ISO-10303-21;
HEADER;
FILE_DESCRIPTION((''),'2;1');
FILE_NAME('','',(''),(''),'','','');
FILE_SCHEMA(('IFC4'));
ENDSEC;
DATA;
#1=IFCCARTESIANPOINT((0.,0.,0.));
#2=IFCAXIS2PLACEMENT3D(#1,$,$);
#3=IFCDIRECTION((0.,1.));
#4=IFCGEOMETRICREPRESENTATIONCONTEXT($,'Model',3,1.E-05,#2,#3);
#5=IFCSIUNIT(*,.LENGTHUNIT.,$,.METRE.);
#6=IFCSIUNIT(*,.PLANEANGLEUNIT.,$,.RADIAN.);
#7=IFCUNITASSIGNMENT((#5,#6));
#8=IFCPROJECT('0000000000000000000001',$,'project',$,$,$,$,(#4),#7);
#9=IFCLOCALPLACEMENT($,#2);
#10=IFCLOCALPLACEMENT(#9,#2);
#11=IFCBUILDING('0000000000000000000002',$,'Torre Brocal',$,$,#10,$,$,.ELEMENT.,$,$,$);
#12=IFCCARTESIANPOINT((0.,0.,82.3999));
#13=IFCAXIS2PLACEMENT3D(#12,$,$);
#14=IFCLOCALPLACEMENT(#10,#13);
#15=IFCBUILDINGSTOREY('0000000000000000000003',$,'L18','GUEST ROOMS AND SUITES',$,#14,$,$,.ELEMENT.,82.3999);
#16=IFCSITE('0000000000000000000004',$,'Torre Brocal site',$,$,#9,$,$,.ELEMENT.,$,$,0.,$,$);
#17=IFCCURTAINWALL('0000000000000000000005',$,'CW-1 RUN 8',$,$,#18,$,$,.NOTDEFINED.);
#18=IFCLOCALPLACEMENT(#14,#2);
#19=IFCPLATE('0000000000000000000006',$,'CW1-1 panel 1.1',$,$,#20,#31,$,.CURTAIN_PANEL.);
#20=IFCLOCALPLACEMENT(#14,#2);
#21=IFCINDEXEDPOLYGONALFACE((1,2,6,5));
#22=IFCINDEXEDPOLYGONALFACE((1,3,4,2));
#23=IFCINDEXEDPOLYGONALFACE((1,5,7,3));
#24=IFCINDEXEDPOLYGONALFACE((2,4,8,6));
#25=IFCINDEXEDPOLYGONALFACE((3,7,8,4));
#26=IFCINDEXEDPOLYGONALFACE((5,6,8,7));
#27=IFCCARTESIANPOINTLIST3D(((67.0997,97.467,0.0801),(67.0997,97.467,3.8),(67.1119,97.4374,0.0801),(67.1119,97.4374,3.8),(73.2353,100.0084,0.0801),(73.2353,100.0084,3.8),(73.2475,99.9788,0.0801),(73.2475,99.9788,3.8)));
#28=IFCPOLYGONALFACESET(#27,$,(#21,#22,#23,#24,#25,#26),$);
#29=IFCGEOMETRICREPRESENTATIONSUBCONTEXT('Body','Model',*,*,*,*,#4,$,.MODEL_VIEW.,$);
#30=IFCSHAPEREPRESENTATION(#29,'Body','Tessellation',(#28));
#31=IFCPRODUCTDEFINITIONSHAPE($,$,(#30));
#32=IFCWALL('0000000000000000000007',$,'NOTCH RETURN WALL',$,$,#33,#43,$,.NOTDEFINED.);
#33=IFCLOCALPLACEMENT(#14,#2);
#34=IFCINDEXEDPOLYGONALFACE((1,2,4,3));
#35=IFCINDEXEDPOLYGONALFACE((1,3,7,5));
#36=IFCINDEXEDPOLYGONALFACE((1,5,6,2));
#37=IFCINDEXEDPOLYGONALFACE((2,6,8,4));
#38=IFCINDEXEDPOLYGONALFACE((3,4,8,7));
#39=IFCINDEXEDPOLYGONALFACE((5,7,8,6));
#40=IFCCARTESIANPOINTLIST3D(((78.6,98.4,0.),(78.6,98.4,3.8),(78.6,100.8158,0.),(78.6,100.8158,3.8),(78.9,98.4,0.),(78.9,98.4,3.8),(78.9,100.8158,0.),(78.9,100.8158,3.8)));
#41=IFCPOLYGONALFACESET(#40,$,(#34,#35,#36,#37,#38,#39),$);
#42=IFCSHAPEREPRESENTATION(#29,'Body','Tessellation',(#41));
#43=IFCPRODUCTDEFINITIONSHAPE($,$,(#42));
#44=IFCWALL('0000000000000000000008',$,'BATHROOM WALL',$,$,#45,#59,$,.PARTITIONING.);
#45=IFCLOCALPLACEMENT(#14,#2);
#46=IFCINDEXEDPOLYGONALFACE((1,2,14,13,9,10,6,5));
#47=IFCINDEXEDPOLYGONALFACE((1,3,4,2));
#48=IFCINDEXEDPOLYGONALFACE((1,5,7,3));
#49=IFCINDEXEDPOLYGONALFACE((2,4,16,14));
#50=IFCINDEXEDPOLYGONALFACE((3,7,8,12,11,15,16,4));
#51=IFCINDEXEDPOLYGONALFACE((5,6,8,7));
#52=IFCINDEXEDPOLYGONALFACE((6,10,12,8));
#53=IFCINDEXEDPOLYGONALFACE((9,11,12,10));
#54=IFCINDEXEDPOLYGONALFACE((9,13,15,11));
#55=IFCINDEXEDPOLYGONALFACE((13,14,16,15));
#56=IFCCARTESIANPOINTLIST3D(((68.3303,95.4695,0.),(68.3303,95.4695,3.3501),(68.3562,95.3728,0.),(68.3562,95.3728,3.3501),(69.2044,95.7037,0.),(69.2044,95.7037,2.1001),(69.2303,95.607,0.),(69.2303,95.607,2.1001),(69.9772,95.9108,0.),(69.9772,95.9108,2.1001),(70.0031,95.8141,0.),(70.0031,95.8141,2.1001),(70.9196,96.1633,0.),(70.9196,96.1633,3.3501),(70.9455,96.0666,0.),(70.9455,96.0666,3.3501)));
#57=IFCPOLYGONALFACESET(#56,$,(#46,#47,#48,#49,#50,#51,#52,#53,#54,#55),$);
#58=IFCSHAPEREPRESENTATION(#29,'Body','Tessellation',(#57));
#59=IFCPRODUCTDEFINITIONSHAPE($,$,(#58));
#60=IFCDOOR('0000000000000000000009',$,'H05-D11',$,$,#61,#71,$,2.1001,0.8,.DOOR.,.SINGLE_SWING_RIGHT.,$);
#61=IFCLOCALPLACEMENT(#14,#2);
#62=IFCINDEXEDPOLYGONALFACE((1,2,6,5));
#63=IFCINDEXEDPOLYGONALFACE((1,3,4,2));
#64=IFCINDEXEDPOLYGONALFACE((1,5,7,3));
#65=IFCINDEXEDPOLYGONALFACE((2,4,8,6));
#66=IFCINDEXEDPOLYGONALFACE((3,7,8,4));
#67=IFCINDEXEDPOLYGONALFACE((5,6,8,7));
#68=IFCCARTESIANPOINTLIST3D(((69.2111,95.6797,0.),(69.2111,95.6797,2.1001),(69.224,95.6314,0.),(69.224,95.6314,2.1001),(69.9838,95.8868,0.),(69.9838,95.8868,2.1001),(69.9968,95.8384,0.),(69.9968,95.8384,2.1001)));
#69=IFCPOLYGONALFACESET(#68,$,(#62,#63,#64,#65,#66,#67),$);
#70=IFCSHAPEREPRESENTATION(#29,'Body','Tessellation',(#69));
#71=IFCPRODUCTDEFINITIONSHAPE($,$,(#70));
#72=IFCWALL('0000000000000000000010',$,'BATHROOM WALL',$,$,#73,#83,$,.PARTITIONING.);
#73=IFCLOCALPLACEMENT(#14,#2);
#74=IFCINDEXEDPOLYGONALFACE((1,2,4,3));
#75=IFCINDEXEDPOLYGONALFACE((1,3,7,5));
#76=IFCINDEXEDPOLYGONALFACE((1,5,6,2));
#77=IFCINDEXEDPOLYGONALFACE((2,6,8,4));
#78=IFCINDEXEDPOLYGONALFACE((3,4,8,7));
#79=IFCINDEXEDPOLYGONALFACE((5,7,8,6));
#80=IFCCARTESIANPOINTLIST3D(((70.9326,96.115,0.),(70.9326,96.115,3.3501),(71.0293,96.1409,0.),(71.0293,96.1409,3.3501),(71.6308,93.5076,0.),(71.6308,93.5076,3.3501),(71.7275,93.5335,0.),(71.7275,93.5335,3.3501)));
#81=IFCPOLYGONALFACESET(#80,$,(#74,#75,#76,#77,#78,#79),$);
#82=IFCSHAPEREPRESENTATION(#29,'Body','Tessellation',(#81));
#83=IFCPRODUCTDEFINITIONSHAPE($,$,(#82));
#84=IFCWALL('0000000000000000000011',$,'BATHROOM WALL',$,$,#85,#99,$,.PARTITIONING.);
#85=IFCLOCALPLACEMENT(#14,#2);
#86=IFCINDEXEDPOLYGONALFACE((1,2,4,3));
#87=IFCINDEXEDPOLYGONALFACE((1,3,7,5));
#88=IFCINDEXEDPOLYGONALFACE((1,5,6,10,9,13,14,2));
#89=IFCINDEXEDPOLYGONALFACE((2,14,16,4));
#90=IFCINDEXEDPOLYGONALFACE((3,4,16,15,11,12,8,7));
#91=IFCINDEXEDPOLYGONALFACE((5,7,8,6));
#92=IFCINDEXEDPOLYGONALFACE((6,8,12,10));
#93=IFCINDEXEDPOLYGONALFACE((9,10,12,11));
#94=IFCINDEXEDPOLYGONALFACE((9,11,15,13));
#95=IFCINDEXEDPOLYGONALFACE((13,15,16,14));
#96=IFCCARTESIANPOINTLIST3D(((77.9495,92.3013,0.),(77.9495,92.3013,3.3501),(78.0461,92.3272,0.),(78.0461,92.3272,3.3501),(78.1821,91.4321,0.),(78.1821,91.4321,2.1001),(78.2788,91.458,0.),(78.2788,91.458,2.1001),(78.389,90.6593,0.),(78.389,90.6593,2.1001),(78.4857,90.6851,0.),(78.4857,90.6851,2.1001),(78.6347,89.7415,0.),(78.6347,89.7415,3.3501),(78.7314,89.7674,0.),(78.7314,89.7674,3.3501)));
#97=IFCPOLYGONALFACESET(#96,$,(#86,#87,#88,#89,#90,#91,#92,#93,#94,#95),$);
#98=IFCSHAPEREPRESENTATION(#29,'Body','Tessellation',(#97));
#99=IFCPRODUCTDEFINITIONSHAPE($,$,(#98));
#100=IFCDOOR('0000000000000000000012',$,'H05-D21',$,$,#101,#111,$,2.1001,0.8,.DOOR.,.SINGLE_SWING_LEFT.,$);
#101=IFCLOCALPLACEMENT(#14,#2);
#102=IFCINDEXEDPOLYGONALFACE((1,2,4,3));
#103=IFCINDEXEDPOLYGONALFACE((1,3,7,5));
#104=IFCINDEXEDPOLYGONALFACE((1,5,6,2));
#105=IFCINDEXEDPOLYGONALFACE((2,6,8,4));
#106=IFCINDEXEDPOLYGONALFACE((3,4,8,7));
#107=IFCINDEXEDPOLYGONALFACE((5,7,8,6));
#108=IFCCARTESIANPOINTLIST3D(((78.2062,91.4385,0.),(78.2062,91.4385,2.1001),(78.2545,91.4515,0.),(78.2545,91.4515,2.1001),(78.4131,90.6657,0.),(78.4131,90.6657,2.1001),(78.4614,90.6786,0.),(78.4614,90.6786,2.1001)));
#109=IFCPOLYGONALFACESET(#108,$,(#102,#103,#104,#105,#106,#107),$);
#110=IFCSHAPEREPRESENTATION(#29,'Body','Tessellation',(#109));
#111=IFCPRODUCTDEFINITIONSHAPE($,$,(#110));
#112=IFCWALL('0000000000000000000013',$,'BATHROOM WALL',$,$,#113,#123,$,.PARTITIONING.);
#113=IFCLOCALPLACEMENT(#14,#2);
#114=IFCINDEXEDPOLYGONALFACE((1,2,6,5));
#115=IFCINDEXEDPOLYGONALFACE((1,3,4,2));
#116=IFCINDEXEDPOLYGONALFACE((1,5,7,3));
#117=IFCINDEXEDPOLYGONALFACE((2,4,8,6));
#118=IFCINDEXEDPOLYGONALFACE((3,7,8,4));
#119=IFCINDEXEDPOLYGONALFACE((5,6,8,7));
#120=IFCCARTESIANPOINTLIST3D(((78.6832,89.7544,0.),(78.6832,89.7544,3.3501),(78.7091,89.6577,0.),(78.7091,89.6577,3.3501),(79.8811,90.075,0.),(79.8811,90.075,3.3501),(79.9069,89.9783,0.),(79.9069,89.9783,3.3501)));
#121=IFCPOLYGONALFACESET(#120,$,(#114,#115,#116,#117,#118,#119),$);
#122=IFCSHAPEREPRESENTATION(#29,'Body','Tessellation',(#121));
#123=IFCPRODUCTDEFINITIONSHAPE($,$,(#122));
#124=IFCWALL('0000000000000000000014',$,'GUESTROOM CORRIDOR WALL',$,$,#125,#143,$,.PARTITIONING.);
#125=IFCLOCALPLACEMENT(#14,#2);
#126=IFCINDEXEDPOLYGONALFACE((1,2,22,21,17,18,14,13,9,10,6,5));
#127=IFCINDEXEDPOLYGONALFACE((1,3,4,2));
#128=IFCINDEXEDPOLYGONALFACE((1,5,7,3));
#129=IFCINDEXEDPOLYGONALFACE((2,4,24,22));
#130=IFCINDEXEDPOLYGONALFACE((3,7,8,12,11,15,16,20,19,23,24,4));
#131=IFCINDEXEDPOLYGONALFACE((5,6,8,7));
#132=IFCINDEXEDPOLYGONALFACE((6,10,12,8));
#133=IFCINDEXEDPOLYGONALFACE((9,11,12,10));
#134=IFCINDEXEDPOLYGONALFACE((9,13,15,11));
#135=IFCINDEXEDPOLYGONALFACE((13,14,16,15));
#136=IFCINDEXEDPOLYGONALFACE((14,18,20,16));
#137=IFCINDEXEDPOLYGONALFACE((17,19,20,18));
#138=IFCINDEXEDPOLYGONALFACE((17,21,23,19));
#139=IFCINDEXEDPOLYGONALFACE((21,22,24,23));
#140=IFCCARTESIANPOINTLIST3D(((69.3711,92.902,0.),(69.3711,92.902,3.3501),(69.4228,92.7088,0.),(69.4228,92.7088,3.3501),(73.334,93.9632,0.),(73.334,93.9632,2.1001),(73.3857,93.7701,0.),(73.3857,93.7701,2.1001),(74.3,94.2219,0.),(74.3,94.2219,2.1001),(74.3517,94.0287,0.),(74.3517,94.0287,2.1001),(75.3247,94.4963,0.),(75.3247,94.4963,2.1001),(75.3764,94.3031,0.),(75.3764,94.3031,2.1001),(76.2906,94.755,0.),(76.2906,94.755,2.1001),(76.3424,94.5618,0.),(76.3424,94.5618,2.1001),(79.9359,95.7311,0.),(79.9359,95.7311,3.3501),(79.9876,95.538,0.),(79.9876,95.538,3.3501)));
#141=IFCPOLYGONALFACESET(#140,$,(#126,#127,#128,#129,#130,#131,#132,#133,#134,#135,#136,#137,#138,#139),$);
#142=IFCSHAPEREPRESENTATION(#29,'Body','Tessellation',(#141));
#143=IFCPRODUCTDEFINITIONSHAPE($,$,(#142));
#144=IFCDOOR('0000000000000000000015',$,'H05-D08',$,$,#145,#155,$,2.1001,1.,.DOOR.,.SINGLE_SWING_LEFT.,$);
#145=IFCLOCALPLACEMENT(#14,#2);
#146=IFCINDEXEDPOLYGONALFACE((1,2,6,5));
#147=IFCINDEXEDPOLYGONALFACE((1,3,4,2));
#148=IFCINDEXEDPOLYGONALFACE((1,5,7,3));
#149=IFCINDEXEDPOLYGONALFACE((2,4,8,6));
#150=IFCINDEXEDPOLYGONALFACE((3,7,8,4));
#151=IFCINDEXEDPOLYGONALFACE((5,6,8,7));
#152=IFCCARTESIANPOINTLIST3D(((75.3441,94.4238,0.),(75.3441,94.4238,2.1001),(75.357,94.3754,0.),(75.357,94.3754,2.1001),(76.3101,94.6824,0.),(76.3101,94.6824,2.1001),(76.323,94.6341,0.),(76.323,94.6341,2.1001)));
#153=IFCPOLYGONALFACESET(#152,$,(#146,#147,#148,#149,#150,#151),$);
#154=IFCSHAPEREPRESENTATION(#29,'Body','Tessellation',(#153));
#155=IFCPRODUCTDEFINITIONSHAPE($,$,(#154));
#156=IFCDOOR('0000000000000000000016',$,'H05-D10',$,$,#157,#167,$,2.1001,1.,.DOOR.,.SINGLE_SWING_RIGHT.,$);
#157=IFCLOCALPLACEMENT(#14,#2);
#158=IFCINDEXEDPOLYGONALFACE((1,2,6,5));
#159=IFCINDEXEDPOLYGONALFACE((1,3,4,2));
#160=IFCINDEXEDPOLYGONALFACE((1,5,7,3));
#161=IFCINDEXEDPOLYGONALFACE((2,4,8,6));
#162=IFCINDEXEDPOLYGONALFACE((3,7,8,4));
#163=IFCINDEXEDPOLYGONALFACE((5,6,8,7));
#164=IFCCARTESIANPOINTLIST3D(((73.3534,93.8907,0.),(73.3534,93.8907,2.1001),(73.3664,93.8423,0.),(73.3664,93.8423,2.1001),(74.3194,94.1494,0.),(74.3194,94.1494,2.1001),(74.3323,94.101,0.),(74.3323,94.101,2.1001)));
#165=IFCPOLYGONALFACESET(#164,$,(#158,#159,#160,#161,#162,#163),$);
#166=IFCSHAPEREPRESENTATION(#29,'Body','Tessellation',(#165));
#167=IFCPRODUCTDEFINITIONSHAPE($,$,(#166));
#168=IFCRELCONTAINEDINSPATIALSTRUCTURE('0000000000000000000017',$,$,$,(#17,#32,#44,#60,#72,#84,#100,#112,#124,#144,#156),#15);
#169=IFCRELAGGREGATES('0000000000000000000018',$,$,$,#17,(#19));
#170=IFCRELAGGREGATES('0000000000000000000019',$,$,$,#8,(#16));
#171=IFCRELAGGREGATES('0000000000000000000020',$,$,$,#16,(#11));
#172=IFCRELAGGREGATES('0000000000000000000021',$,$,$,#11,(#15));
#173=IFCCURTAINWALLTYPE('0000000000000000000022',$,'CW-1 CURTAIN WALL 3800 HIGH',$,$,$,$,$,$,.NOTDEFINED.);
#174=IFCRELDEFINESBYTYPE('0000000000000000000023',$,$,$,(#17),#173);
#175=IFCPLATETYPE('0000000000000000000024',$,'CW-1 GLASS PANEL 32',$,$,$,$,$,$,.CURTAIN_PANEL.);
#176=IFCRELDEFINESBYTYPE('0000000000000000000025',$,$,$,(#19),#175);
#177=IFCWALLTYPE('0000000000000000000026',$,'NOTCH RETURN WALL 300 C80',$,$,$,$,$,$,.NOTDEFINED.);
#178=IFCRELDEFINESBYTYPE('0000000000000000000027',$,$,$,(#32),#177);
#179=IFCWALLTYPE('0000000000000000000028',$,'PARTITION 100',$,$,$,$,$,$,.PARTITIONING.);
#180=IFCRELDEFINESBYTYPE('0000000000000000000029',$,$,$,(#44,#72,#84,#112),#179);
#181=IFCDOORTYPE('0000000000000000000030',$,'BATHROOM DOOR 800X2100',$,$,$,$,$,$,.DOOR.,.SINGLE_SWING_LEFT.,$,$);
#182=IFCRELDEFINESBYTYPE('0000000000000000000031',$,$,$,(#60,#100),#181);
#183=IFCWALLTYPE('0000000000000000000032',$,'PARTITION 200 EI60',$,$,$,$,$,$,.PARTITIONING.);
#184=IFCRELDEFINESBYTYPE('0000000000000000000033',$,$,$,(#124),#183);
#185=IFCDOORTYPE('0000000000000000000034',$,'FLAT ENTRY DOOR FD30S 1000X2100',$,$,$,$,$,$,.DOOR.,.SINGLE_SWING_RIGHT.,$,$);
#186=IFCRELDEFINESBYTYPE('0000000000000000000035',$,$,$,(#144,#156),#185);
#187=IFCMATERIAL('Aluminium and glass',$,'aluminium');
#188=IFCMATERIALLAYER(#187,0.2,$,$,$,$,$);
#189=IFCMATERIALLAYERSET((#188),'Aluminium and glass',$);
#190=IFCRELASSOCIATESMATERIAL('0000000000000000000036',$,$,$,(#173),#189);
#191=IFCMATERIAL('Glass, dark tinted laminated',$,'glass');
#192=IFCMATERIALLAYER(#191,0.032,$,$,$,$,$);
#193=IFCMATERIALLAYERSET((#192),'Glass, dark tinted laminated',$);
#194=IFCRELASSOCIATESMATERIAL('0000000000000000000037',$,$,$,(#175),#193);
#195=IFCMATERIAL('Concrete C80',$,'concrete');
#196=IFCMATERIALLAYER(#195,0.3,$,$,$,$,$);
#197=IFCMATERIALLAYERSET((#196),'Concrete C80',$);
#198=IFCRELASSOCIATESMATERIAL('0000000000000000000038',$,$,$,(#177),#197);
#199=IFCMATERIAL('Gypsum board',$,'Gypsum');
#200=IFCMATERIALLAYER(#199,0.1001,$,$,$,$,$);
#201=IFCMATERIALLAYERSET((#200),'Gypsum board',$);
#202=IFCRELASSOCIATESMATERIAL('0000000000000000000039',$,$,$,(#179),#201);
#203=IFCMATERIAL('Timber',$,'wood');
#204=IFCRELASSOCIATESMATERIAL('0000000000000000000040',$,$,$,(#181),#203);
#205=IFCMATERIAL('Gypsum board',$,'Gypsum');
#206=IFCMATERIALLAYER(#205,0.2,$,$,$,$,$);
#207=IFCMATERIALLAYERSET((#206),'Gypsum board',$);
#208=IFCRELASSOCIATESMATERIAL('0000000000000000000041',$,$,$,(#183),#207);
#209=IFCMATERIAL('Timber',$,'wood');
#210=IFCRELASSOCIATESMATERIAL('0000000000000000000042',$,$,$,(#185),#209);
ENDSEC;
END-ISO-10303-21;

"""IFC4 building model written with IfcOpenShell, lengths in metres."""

from ifc_helpers import new_model, si_unit, direction, frame, frame_2d, origin, origin_2d, place, context, subcontext, project, spatial, rectangle, extrude, material, layer, layer_set, type_object, element, fill, aggregate, save


model = new_model("IFC4")

# Units and contexts
model_context = context("Model", 3, precision=1e-05, world=origin(), true_north=direction((0.0, 1.0)))
body_context = subcontext(model_context, "Body", "Model", "MODEL_VIEW")
ifc_project = project(units=[si_unit("LENGTHUNIT", "METRE"), si_unit("PLANEANGLEUNIT", "RADIAN")], contexts=[model_context])

# Site, building, storey
site_placement = place(None, origin())
site = spatial("IfcSite", under=ifc_project, at=site_placement, Name="Torre Brocal site", CompositionType="ELEMENT", RefElevation=0.0)
building_placement = place(site_placement, origin())
building = spatial("IfcBuilding", under=site, at=building_placement, Name="Torre Brocal", CompositionType="ELEMENT")
storey_placement = place(building_placement, frame((0.0, 0.0, 82.3999)))
storey = spatial("IfcBuildingStorey", under=building, at=storey_placement, Name="L18", Description="GUEST ROOMS AND SUITES", CompositionType="ELEMENT", Elevation=82.3999)

# Shared definitions
ifc_material_1 = material(Name="Aluminium and glass", Category="aluminium")
ifc_layer_1 = layer(ifc_material_1, 0.2)
ifc_layer_set_1 = layer_set([ifc_layer_1], Name="Aluminium and glass")
curtain_wall_type = type_object("IfcCurtainWallType", Name="CW-1 CURTAIN WALL 3800 HIGH", PredefinedType="NOTDEFINED", material=ifc_layer_set_1)

# Curtain wall
curtain_wall_1_placement = place(storey_placement, origin())
curtain_wall_1 = element("IfcCurtainWall", 1, at=curtain_wall_1_placement, inside=storey, type_object=curtain_wall_type, Name="CW-1 RUN 8", PredefinedType="NOTDEFINED")

# Plate
ifc_material_2 = material(Name="Glass, dark tinted laminated", Category="glass")
ifc_layer_2 = layer(ifc_material_2, 0.032)
ifc_layer_set_2 = layer_set([ifc_layer_2], Name="Glass, dark tinted laminated")
plate_type = type_object("IfcPlateType", Name="CW-1 GLASS PANEL 32", PredefinedType="CURTAIN_PANEL", material=ifc_layer_set_2)
plate_1_placement = place(storey_placement, frame((70.1736, 98.7229, 0.0801), z_axis=(0.0, 0.0, 1.0), x_axis=(-0.92388, -0.382683, 0.0)))
plate_1 = element("IfcPlate", 2, at=plate_1_placement, type_object=plate_type, Name="CW1-1 panel 1.1", PredefinedType="CURTAIN_PANEL", context=body_context, shape_type="SweptSolid", body=[
    extrude(rectangle(XDim=6.6411, YDim=0.032, at=origin_2d()), origin(), (0.0, 0.0, 1.0), 3.72),
])
aggregate(curtain_wall_1, [plate_1])

# Wall
ifc_material_3 = material(Name="Concrete C80", Category="concrete")
ifc_layer_3 = layer(ifc_material_3, 0.3)
ifc_layer_set_3 = layer_set([ifc_layer_3], Name="Concrete C80")
wall_type_1 = type_object("IfcWallType", Name="NOTCH RETURN WALL 300 C80", PredefinedType="NOTDEFINED", material=ifc_layer_set_3)
wall_1_placement = place(storey_placement, frame((78.75, 98.3999, 0.0), z_axis=(0.0, 0.0, 1.0), x_axis=(0.0, 1.0, 0.0)))
element("IfcWall", 3, at=wall_1_placement, inside=storey, type_object=wall_type_1, Name="NOTCH RETURN WALL", PredefinedType="NOTDEFINED", context=body_context, shape_type="SweptSolid", body=[
    extrude(rectangle(XDim=2.4158, YDim=0.3, at=frame_2d((1.208, 0.0))), origin(), (0.0, 0.0, 1.0), 3.8),
])

# Wall, opening, door
ifc_material_4 = material(Name="Gypsum board", Category="Gypsum")
ifc_layer_4 = layer(ifc_material_4, 0.1001)
ifc_layer_set_4 = layer_set([ifc_layer_4], Name="Gypsum board")
wall_type_2 = type_object("IfcWallType", Name="PARTITION 100", PredefinedType="PARTITIONING", material=ifc_layer_set_4)
wall_2_placement = place(storey_placement, frame((68.3433, 95.4211, 0.0), z_axis=(0.0, 0.0, 1.0), x_axis=(0.965923, 0.25883, 0.0)))
wall_2 = element("IfcWall", 4, at=wall_2_placement, inside=storey, type_object=wall_type_2, Name="BATHROOM WALL", PredefinedType="PARTITIONING", context=body_context, shape_type="SweptSolid", body=[
    extrude(rectangle(XDim=2.6807, YDim=0.1001, at=frame_2d((1.3403, 0.0))), origin(), (0.0, 0.0, 1.0), 3.3501),
])
opening_1_placement = place(wall_2_placement, frame((0.905, 0.0, 0.0)))
opening_1 = element("IfcOpeningElement", 5, at=opening_1_placement, cuts=wall_2, PredefinedType="OPENING", context=body_context, shape_type="SweptSolid", body=[
    extrude(rectangle(XDim=0.8, YDim=2.1001, at=frame_2d((0.3999, 1.05))), frame((0.0, 0.0601, 0.0), z_axis=(0.0, -1.0, 0.0), x_axis=(1.0, 0.0, 0.0)), (0.0, 0.0, 1.0), 0.1201),
])
ifc_material_5 = material(Name="Timber", Category="wood")
door_type_1 = type_object("IfcDoorType", Name="BATHROOM DOOR 800X2100", OperationType="SINGLE_SWING_LEFT", PredefinedType="DOOR", material=ifc_material_5)
door_1_placement = place(opening_1_placement, frame((0.8, 0.0, 0.0), z_axis=(0.0, 0.0, 1.0), x_axis=(-1.0, 0.0, 0.0)))
door_1 = element("IfcDoor", 6, at=door_1_placement, inside=storey, type_object=door_type_1, Name="H05-D11", OperationType="SINGLE_SWING_RIGHT", OverallHeight=2.1001, OverallWidth=0.8, PredefinedType="DOOR", context=body_context, shape_type="SweptSolid", body=[
    extrude(rectangle(XDim=0.8, YDim=2.1001, at=frame_2d((0.3999, 1.05))), frame((0.0, 0.0249, 0.0), z_axis=(0.0, -1.0, 0.0), x_axis=(1.0, 0.0, 0.0)), (0.0, 0.0, 1.0), 0.05),
])
fill(opening_1, door_1)

# Wall
wall_3_placement = place(storey_placement, frame((70.981, 96.1279, 0.0), z_axis=(0.0, 0.0, 1.0), x_axis=(0.258676, -0.965964, 0.0)))
element("IfcWall", 7, at=wall_3_placement, inside=storey, type_object=wall_type_2, Name="BATHROOM WALL", PredefinedType="PARTITIONING", context=body_context, shape_type="SweptSolid", body=[
    extrude(rectangle(XDim=2.6992, YDim=0.1001, at=frame_2d((1.3496, 0.0))), origin(), (0.0, 0.0, 1.0), 3.3501),
])

# Wall, opening, door
wall_4_placement = place(storey_placement, frame((77.9978, 92.3142, 0.0), z_axis=(0.0, 0.0, 1.0), x_axis=(0.258609, -0.965982, 0.0)))
wall_4 = element("IfcWall", 8, at=wall_4_placement, inside=storey, type_object=wall_type_2, Name="BATHROOM WALL", PredefinedType="PARTITIONING", context=body_context, shape_type="SweptSolid", body=[
    extrude(rectangle(XDim=2.6499, YDim=0.1001, at=frame_2d((1.325, 0.0))), origin(), (0.0, 0.0, 1.0), 3.3501),
])
opening_2_placement = place(wall_4_placement, frame((0.8999, 0.0, 0.0)))
opening_2 = element("IfcOpeningElement", 9, at=opening_2_placement, cuts=wall_4, PredefinedType="OPENING", context=body_context, shape_type="SweptSolid", body=[
    extrude(rectangle(XDim=0.8, YDim=2.1001, at=frame_2d((0.3999, 1.05))), frame((0.0, 0.0601, 0.0), z_axis=(0.0, -1.0, 0.0), x_axis=(1.0, 0.0, 0.0)), (0.0, 0.0, 1.0), 0.1201),
])
door_2_placement = place(opening_2_placement, origin())
door_2 = element("IfcDoor", 10, at=door_2_placement, inside=storey, type_object=door_type_1, Name="H05-D21", OperationType="SINGLE_SWING_LEFT", OverallHeight=2.1001, OverallWidth=0.8, PredefinedType="DOOR", context=body_context, shape_type="SweptSolid", body=[
    extrude(rectangle(XDim=0.8, YDim=2.1001, at=frame_2d((0.3999, 1.05))), frame((0.0, 0.0249, 0.0), z_axis=(0.0, -1.0, 0.0), x_axis=(1.0, 0.0, 0.0)), (0.0, 0.0, 1.0), 0.05),
])
fill(opening_2, door_2)

# Wall
wall_5_placement = place(storey_placement, frame((78.696, 89.7061, 0.0), z_axis=(0.0, 0.0, 1.0), x_axis=(0.966003, 0.258533, 0.0)))
element("IfcWall", 11, at=wall_5_placement, inside=storey, type_object=wall_type_2, Name="BATHROOM WALL", PredefinedType="PARTITIONING", context=body_context, shape_type="SweptSolid", body=[
    extrude(rectangle(XDim=1.24, YDim=0.1001, at=frame_2d((0.6201, 0.0))), origin(), (0.0, 0.0, 1.0), 3.3501),
])

# Wall, openings, doors
ifc_material_6 = material(Name="Gypsum board", Category="Gypsum")
ifc_layer_5 = layer(ifc_material_6, 0.2)
ifc_layer_set_5 = layer_set([ifc_layer_5], Name="Gypsum board")
wall_type_3 = type_object("IfcWallType", Name="PARTITION 200 EI60", PredefinedType="PARTITIONING", material=ifc_layer_set_5)
wall_6_placement = place(storey_placement, frame((69.397, 92.8054, 0.0), z_axis=(0.0, 0.0, 1.0), x_axis=(0.965965, 0.258674, 0.0)))
wall_6 = element("IfcWall", 12, at=wall_6_placement, inside=storey, type_object=wall_type_3, Name="GUESTROOM CORRIDOR WALL", PredefinedType="PARTITIONING", context=body_context, shape_type="SweptSolid", body=[
    extrude(rectangle(XDim=10.937, YDim=0.2, at=frame_2d((5.4685, 0.0))), origin(), (0.0, 0.0, 1.0), 3.3501),
])
opening_3_placement = place(wall_6_placement, frame((6.1633, 0.0, 0.0)))
opening_3 = element("IfcOpeningElement", 13, at=opening_3_placement, cuts=wall_6, PredefinedType="OPENING", context=body_context, shape_type="SweptSolid", body=[
    extrude(rectangle(XDim=1.0, YDim=2.1001, at=frame_2d((0.5, 1.05))), frame((0.0, 0.1099, 0.0), z_axis=(0.0, -1.0, 0.0), x_axis=(1.0, 0.0, 0.0)), (0.0, 0.0, 1.0), 0.22),
])
opening_4_placement = place(wall_6_placement, frame((4.1025, 0.0, 0.0)))
opening_4 = element("IfcOpeningElement", 14, at=opening_4_placement, cuts=wall_6, PredefinedType="OPENING", context=body_context, shape_type="SweptSolid", body=[
    extrude(rectangle(XDim=1.0, YDim=2.1001, at=frame_2d((0.5, 1.05))), frame((0.0, 0.1099, 0.0), z_axis=(0.0, -1.0, 0.0), x_axis=(1.0, 0.0, 0.0)), (0.0, 0.0, 1.0), 0.22),
])
ifc_material_7 = material(Name="Timber", Category="wood")
door_type_2 = type_object("IfcDoorType", Name="FLAT ENTRY DOOR FD30S 1000X2100", OperationType="SINGLE_SWING_RIGHT", PredefinedType="DOOR", material=ifc_material_7)
door_3_placement = place(opening_3_placement, origin())
door_3 = element("IfcDoor", 15, at=door_3_placement, inside=storey, type_object=door_type_2, Name="H05-D08", OperationType="SINGLE_SWING_LEFT", OverallHeight=2.1001, OverallWidth=1.0, PredefinedType="DOOR", context=body_context, shape_type="SweptSolid", body=[
    extrude(rectangle(XDim=1.0, YDim=2.1001, at=frame_2d((0.5, 1.05))), frame((0.0, 0.0249, 0.0), z_axis=(0.0, -1.0, 0.0), x_axis=(1.0, 0.0, 0.0)), (0.0, 0.0, 1.0), 0.05),
])
fill(opening_3, door_3)
door_4_placement = place(opening_4_placement, origin())
door_4 = element("IfcDoor", 16, at=door_4_placement, inside=storey, type_object=door_type_2, Name="H05-D10", OperationType="SINGLE_SWING_RIGHT", OverallHeight=2.1001, OverallWidth=1.0, PredefinedType="DOOR", context=body_context, shape_type="SweptSolid", body=[
    extrude(rectangle(XDim=1.0, YDim=2.1001, at=frame_2d((0.5, 1.05))), frame((0.0, 0.0249, 0.0), z_axis=(0.0, -1.0, 0.0), x_axis=(1.0, 0.0, 0.0)), (0.0, 0.0, 1.0), 0.05),
])
fill(opening_4, door_4)

save(model, "model.ifc")
